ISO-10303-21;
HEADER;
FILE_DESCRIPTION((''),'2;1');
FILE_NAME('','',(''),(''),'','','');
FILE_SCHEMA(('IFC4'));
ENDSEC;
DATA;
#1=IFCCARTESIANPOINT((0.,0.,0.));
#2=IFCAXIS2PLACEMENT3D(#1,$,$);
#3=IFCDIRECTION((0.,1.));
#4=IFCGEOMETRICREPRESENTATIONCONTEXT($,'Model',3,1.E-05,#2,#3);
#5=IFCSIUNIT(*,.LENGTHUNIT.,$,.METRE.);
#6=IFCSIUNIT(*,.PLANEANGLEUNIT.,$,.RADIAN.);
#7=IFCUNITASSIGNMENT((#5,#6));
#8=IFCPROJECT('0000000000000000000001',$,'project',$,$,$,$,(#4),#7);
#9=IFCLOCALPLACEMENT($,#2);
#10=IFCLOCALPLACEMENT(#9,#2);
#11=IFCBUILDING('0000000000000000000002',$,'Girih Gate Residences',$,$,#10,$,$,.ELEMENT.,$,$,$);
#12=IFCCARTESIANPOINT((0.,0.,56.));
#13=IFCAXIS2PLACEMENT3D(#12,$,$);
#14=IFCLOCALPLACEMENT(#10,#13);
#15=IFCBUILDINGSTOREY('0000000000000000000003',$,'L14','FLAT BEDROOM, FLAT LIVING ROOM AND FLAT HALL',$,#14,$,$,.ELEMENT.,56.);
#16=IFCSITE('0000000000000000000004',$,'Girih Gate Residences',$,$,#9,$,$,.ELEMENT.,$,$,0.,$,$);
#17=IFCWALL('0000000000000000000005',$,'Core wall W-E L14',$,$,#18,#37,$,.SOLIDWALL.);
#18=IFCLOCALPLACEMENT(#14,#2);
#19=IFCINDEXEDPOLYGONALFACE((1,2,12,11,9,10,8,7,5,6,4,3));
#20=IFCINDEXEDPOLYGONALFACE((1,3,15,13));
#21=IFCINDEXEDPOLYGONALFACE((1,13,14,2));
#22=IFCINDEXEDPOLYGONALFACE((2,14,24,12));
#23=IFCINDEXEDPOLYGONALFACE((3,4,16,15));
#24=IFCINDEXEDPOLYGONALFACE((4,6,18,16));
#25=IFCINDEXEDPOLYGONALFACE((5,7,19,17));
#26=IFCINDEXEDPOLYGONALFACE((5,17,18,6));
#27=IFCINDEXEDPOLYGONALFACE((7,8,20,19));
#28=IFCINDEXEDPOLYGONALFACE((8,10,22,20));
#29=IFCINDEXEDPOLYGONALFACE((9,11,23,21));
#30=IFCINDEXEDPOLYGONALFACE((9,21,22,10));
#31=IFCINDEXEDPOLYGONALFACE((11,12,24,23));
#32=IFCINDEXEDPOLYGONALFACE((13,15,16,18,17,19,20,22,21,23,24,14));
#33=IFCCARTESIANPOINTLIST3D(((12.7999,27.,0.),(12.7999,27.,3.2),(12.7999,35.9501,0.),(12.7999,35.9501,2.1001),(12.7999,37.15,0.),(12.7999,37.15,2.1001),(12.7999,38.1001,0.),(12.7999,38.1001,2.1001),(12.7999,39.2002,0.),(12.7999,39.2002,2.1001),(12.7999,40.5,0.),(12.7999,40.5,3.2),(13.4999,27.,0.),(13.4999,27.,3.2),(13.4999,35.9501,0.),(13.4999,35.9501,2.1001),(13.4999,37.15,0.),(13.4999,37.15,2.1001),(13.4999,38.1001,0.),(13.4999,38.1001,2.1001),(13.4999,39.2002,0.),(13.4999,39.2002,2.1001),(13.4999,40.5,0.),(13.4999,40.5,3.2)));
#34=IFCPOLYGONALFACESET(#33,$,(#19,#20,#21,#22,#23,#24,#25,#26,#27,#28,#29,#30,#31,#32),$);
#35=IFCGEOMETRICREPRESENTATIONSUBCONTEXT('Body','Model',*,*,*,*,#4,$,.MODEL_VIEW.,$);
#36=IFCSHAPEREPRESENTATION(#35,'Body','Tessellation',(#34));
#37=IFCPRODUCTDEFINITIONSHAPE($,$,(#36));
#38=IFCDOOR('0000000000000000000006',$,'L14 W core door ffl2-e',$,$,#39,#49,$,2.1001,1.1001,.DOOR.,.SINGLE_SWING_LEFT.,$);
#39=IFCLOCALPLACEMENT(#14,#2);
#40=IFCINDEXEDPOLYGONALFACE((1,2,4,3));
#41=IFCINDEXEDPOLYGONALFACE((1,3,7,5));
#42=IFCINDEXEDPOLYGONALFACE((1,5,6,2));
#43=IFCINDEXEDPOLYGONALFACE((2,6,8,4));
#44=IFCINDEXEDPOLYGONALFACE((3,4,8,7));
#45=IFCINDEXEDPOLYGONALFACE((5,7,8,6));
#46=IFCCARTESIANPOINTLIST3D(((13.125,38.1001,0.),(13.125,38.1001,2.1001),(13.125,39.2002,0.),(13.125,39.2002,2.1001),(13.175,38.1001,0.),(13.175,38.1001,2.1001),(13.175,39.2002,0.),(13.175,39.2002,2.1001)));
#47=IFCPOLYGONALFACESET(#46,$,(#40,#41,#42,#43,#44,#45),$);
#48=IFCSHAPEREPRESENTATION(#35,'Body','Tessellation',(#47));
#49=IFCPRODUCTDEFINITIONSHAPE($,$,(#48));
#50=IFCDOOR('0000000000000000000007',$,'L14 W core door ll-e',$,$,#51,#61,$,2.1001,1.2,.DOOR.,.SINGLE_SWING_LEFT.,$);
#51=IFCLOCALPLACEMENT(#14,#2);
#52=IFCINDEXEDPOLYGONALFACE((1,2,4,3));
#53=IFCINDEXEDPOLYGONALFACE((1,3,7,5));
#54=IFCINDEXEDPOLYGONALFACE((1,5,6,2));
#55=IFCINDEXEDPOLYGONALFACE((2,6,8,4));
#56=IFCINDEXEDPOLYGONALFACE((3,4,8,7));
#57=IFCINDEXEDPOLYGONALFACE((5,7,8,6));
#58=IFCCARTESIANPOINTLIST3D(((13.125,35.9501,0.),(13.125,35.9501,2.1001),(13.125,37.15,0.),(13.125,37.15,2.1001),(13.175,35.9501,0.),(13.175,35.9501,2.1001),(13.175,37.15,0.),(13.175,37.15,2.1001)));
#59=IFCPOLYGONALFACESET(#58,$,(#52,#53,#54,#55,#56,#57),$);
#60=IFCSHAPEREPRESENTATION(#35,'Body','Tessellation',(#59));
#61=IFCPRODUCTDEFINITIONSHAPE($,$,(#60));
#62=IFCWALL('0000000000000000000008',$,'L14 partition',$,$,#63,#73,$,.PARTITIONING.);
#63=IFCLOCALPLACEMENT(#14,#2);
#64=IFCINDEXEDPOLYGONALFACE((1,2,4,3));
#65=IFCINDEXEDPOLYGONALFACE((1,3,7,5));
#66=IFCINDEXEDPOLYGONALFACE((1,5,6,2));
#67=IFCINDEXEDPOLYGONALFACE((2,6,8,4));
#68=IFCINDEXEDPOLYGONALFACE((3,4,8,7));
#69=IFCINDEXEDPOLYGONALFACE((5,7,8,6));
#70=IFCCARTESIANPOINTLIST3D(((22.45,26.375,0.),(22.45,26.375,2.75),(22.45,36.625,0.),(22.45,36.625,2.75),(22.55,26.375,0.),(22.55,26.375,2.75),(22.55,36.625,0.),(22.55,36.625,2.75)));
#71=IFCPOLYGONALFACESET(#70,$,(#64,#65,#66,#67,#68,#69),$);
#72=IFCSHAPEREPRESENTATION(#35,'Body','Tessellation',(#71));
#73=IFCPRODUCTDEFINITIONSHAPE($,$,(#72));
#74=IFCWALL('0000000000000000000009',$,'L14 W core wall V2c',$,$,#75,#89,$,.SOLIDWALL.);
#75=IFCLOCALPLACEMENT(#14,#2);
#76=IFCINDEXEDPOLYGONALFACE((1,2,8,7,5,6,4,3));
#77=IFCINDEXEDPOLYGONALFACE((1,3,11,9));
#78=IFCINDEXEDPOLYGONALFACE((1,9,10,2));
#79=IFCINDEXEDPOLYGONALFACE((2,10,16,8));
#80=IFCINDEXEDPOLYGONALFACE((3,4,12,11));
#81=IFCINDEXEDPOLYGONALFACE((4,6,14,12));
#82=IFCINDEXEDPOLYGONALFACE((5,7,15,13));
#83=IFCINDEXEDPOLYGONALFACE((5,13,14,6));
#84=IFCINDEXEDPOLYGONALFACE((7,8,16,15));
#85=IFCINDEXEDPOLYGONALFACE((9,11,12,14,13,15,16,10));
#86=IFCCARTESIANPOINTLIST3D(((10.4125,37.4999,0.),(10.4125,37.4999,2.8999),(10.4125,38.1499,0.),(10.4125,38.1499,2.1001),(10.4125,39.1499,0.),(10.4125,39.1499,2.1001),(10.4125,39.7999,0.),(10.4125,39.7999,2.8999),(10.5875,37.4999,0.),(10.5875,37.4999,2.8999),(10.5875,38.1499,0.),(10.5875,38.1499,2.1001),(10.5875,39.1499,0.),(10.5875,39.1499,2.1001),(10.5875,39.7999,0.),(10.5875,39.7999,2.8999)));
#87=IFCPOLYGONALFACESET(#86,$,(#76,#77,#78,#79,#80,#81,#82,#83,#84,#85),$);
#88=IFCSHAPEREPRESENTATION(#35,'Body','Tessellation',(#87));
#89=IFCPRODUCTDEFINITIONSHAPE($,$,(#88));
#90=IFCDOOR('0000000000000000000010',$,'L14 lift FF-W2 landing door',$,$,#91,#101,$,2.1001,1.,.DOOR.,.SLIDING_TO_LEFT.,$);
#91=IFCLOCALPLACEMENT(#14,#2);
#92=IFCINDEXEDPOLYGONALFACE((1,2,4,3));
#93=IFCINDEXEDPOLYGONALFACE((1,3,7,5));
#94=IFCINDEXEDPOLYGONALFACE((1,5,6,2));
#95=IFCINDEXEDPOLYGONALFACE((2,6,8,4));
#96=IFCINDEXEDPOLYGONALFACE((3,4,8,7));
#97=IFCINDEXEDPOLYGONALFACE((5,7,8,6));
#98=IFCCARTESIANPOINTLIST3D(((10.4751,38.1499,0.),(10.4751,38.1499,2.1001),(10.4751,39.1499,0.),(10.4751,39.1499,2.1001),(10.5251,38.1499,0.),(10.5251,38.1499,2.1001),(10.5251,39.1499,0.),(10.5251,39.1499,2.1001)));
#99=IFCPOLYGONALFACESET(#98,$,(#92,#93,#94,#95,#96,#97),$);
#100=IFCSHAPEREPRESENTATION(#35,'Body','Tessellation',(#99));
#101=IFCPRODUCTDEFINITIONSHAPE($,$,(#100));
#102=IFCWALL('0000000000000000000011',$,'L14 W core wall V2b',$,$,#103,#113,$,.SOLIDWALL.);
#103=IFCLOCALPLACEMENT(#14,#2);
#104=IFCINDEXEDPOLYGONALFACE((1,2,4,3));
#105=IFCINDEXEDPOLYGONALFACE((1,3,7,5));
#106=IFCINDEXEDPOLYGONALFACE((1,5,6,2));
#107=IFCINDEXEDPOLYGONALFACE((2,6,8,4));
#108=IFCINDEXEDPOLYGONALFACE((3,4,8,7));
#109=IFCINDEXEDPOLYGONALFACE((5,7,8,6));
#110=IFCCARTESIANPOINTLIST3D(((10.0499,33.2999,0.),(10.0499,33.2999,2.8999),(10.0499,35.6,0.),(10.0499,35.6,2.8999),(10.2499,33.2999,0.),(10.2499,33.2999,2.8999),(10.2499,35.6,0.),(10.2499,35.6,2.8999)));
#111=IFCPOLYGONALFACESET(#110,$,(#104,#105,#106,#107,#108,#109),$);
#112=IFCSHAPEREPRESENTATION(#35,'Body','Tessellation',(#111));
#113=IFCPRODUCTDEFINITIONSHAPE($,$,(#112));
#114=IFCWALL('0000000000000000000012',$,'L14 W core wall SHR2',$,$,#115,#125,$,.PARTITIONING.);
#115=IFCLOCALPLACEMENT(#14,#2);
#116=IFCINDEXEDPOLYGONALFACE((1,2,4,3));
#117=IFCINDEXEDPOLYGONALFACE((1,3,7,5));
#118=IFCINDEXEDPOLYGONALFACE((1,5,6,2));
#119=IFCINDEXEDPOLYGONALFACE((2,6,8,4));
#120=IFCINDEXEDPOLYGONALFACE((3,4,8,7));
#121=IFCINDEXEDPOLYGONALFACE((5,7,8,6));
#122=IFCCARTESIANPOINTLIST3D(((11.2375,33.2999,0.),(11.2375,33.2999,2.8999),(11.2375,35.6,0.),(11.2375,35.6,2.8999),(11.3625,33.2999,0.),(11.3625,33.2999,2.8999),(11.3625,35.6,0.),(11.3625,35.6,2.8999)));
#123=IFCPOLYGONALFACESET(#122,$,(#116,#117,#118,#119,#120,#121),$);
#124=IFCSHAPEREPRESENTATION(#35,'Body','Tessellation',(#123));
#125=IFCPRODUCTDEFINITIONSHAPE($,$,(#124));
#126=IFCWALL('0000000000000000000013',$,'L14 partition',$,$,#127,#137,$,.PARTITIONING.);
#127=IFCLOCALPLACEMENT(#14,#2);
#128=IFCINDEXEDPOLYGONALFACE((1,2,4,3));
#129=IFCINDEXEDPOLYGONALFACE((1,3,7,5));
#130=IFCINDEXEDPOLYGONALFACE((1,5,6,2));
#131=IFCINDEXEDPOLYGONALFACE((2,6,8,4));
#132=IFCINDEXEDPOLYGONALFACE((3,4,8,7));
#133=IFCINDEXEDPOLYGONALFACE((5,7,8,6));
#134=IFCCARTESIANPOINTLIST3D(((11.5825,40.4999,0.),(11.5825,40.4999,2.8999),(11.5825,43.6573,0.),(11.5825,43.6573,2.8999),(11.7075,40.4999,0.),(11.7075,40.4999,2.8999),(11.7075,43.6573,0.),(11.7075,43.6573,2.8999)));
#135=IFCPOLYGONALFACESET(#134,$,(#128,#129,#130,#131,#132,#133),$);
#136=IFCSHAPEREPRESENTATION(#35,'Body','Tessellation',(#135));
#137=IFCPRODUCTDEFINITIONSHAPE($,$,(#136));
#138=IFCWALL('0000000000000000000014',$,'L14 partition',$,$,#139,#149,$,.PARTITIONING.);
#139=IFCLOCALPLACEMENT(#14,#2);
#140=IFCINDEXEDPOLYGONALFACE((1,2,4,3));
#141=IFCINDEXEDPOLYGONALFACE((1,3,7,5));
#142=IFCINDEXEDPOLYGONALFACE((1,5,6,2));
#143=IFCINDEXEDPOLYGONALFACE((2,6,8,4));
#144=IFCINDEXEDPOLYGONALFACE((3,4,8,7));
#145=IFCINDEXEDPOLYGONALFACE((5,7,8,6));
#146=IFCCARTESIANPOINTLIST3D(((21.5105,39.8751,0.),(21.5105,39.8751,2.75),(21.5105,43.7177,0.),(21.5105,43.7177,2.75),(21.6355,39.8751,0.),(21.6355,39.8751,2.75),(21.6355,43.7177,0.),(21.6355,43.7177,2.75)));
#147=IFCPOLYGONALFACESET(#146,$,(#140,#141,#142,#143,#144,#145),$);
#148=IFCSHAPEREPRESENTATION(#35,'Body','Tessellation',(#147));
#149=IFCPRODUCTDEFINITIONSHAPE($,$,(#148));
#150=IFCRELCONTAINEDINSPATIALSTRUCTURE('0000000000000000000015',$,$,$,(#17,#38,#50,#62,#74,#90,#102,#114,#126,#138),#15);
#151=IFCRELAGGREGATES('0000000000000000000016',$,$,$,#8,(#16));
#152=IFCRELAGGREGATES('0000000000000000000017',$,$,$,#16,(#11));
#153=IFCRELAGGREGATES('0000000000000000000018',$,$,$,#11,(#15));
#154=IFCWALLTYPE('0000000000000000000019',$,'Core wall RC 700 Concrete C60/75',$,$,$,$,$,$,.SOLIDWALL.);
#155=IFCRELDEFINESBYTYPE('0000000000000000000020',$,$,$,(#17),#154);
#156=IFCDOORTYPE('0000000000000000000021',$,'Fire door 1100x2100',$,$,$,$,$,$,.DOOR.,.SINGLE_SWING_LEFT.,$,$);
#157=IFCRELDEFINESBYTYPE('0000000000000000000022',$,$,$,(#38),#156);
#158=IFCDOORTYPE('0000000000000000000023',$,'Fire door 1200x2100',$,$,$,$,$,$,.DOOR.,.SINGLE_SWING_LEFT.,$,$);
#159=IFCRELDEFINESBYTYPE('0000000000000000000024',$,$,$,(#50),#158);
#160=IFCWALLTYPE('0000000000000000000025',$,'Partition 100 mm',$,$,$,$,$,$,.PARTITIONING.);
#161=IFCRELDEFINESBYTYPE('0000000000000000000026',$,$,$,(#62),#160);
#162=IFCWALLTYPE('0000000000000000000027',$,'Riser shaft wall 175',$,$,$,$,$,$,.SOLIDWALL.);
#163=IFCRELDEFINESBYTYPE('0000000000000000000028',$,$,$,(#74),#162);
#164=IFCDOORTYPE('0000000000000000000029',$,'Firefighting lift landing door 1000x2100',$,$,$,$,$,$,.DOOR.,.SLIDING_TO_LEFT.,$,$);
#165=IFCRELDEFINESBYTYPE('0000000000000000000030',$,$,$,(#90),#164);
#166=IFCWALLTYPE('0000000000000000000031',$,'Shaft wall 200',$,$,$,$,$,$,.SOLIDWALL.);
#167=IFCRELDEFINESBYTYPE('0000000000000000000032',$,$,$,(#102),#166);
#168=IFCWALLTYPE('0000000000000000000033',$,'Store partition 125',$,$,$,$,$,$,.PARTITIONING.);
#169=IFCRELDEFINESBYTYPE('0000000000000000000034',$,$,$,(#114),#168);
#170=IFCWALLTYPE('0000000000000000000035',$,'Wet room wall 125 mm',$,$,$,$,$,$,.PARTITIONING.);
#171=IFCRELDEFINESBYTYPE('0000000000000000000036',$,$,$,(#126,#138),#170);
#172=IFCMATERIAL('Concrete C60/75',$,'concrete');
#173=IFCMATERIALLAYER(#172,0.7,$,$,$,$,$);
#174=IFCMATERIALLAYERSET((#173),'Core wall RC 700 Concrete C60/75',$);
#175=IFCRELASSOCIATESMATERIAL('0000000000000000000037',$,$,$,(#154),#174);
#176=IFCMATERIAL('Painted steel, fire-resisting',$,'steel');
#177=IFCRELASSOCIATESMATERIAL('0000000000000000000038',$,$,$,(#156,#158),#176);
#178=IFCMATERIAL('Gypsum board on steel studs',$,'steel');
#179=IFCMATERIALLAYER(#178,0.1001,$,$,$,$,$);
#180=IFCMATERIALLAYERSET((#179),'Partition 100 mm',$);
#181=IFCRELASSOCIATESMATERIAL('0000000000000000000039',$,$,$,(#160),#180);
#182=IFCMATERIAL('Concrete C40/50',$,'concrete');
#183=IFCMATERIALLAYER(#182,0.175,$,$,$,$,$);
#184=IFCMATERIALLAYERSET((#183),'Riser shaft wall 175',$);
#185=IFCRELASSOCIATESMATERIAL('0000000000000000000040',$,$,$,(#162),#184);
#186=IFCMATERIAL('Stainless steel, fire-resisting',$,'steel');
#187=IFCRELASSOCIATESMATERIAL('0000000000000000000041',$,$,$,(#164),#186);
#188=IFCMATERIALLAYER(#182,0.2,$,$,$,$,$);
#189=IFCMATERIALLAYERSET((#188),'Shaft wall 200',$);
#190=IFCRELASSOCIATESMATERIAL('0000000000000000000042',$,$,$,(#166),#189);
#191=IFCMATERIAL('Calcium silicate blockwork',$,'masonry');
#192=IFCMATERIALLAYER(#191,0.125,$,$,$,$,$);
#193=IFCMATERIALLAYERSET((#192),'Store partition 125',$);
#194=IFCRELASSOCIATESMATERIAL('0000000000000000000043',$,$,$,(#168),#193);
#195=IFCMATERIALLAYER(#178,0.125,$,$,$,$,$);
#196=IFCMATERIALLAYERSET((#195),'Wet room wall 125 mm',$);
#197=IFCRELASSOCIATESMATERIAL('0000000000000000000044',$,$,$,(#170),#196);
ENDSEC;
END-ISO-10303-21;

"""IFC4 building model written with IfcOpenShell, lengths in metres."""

from ifc_helpers import new_model, si_unit, direction, frame, frame_2d, origin, place, context, subcontext, project, spatial, rectangle, extrude, material, layer, layer_set, type_object, element, fill, save


model = new_model("IFC4")

# Units and contexts
model_context = context("Model", 3, precision=1e-05, world=origin(), true_north=direction((0.0, 1.0)))
body_context = subcontext(model_context, "Body", "Model", "MODEL_VIEW")
ifc_project = project(units=[si_unit("LENGTHUNIT", "METRE"), si_unit("PLANEANGLEUNIT", "RADIAN")], contexts=[model_context])

# Site, building, storey
site_placement = place(None, origin())
site = spatial("IfcSite", under=ifc_project, at=site_placement, Name="Girih Gate Residences", CompositionType="ELEMENT", RefElevation=0.0)
building_placement = place(site_placement, origin())
building = spatial("IfcBuilding", under=site, at=building_placement, Name="Girih Gate Residences", CompositionType="ELEMENT")
storey_placement = place(building_placement, frame((0.0, 0.0, 56.0)))
storey = spatial("IfcBuildingStorey", under=building, at=storey_placement, Name="L14", Description="FLAT BEDROOM, FLAT LIVING ROOM AND FLAT HALL", CompositionType="ELEMENT", Elevation=56.0)

# Shared definitions
ifc_material_1 = material(Name="Concrete C60/75", Category="concrete")

# Shared definitions
ifc_material_2 = material(Name="Gypsum board on steel studs", Category="steel")

# Wall, openings, doors
ifc_layer_1 = layer(ifc_material_1, 0.7)
ifc_layer_set_1 = layer_set([ifc_layer_1], Name="Core wall RC 700 Concrete C60/75")
wall_type_1 = type_object("IfcWallType", Name="Core wall RC 700 Concrete C60/75", PredefinedType="SOLIDWALL", material=ifc_layer_set_1)
wall_1_placement = place(storey_placement, frame((13.1499, 27.0, 0.0), z_axis=(0.0, 0.0, 1.0), x_axis=(0.0, 1.0, 0.0)))
wall_1 = element("IfcWall", 1, at=wall_1_placement, inside=storey, type_object=wall_type_1, Name="Core wall W-E L14", PredefinedType="SOLIDWALL", context=body_context, shape_type="SweptSolid", body=[
    extrude(rectangle(XDim=13.5, YDim=0.7, at=frame_2d((6.75, 0.0))), origin(), (0.0, 0.0, 1.0), 3.2),
])
opening_1_placement = place(wall_1_placement, frame((11.1001, 0.0, 0.0)))
opening_1 = element("IfcOpeningElement", 2, at=opening_1_placement, cuts=wall_1, PredefinedType="OPENING", context=body_context, shape_type="SweptSolid", body=[
    extrude(rectangle(XDim=1.1001, YDim=2.1001, at=frame_2d((0.55, 1.05))), frame((0.0, 0.3599, 0.0), z_axis=(0.0, -1.0, 0.0), x_axis=(1.0, 0.0, 0.0)), (0.0, 0.0, 1.0), 0.72),
])
opening_2_placement = place(wall_1_placement, frame((8.95, 0.0, 0.0)))
opening_2 = element("IfcOpeningElement", 3, at=opening_2_placement, cuts=wall_1, PredefinedType="OPENING", context=body_context, shape_type="SweptSolid", body=[
    extrude(rectangle(XDim=1.2, YDim=2.1001, at=frame_2d((0.6001, 1.05))), frame((0.0, 0.3599, 0.0), z_axis=(0.0, -1.0, 0.0), x_axis=(1.0, 0.0, 0.0)), (0.0, 0.0, 1.0), 0.72),
])
ifc_material_3 = material(Name="Painted steel, fire-resisting", Category="steel")
door_type_1 = type_object("IfcDoorType", Name="Fire door 1100x2100", OperationType="SINGLE_SWING_LEFT", PredefinedType="DOOR", material=ifc_material_3)
door_1_placement = place(opening_1_placement, origin())
door_1 = element("IfcDoor", 4, at=door_1_placement, inside=storey, type_object=door_type_1, Name="L14 W core door ffl2-e", OperationType="SINGLE_SWING_LEFT", OverallHeight=2.1001, OverallWidth=1.1001, PredefinedType="DOOR", context=body_context, shape_type="SweptSolid", body=[
    extrude(rectangle(XDim=1.1001, YDim=2.1001, at=frame_2d((0.55, 1.05))), frame((0.0, 0.0249, 0.0), z_axis=(0.0, -1.0, 0.0), x_axis=(1.0, 0.0, 0.0)), (0.0, 0.0, 1.0), 0.05),
])
fill(opening_1, door_1)
door_type_2 = type_object("IfcDoorType", Name="Fire door 1200x2100", OperationType="SINGLE_SWING_LEFT", PredefinedType="DOOR", material=ifc_material_3)
door_2_placement = place(opening_2_placement, origin())
door_2 = element("IfcDoor", 5, at=door_2_placement, inside=storey, type_object=door_type_2, Name="L14 W core door ll-e", OperationType="SINGLE_SWING_LEFT", OverallHeight=2.1001, OverallWidth=1.2, PredefinedType="DOOR", context=body_context, shape_type="SweptSolid", body=[
    extrude(rectangle(XDim=1.2, YDim=2.1001, at=frame_2d((0.6001, 1.05))), frame((0.0, 0.0249, 0.0), z_axis=(0.0, -1.0, 0.0), x_axis=(1.0, 0.0, 0.0)), (0.0, 0.0, 1.0), 0.05),
])
fill(opening_2, door_2)

# Wall
ifc_layer_2 = layer(ifc_material_2, 0.1001)
ifc_layer_set_2 = layer_set([ifc_layer_2], Name="Partition 100 mm")
wall_type_2 = type_object("IfcWallType", Name="Partition 100 mm", PredefinedType="PARTITIONING", material=ifc_layer_set_2)
wall_2_placement = place(storey_placement, frame((22.5, 26.375, 0.0), z_axis=(0.0, 0.0, 1.0), x_axis=(0.0, 1.0, 0.0)))
element("IfcWall", 6, at=wall_2_placement, inside=storey, type_object=wall_type_2, Name="L14 partition", PredefinedType="PARTITIONING", context=body_context, shape_type="SweptSolid", body=[
    extrude(rectangle(XDim=10.25, YDim=0.1001, at=frame_2d((5.125, 0.0))), origin(), (0.0, 0.0, 1.0), 2.75),
])

# Wall, opening, door
ifc_material_4 = material(Name="Concrete C40/50", Category="concrete")
ifc_layer_3 = layer(ifc_material_4, 0.175)
ifc_layer_set_3 = layer_set([ifc_layer_3], Name="Riser shaft wall 175")
wall_type_3 = type_object("IfcWallType", Name="Riser shaft wall 175", PredefinedType="SOLIDWALL", material=ifc_layer_set_3)
wall_3_placement = place(storey_placement, frame((10.5, 37.5, 0.0), z_axis=(0.0, 0.0, 1.0), x_axis=(0.0, 1.0, 0.0)))
wall_3 = element("IfcWall", 7, at=wall_3_placement, inside=storey, type_object=wall_type_3, Name="L14 W core wall V2c", PredefinedType="SOLIDWALL", context=body_context, shape_type="SweptSolid", body=[
    extrude(rectangle(XDim=2.3, YDim=0.175, at=frame_2d((1.1499, 0.0))), origin(), (0.0, 0.0, 1.0), 2.8999),
])
opening_3_placement = place(wall_3_placement, frame((0.6499, 0.0, 0.0)))
opening_3 = element("IfcOpeningElement", 8, at=opening_3_placement, cuts=wall_3, PredefinedType="OPENING", context=body_context, shape_type="SweptSolid", body=[
    extrude(rectangle(XDim=1.0, YDim=2.1001, at=frame_2d((0.5, 1.05))), frame((0.0, 0.0974, 0.0), z_axis=(0.0, -1.0, 0.0), x_axis=(1.0, 0.0, 0.0)), (0.0, 0.0, 1.0), 0.1951),
])
ifc_material_5 = material(Name="Stainless steel, fire-resisting", Category="steel")
door_type_3 = type_object("IfcDoorType", Name="Firefighting lift landing door 1000x2100", OperationType="SLIDING_TO_LEFT", PredefinedType="DOOR", material=ifc_material_5)
door_3_placement = place(opening_3_placement, origin())
door_3 = element("IfcDoor", 9, at=door_3_placement, inside=storey, type_object=door_type_3, Name="L14 lift FF-W2 landing door", OperationType="SLIDING_TO_LEFT", OverallHeight=2.1001, OverallWidth=1.0, PredefinedType="DOOR", context=body_context, shape_type="SweptSolid", body=[
    extrude(rectangle(XDim=1.0, YDim=2.1001, at=frame_2d((0.5, 1.05))), frame((0.0, 0.0249, 0.0), z_axis=(0.0, -1.0, 0.0), x_axis=(1.0, 0.0, 0.0)), (0.0, 0.0, 1.0), 0.05),
])
fill(opening_3, door_3)

# Walls
ifc_layer_4 = layer(ifc_material_4, 0.2)
ifc_layer_set_4 = layer_set([ifc_layer_4], Name="Shaft wall 200")
wall_type_4 = type_object("IfcWallType", Name="Shaft wall 200", PredefinedType="SOLIDWALL", material=ifc_layer_set_4)
wall_4_placement = place(storey_placement, frame((10.1499, 33.3, 0.0), z_axis=(0.0, 0.0, 1.0), x_axis=(0.0, 1.0, 0.0)))
element("IfcWall", 10, at=wall_4_placement, inside=storey, type_object=wall_type_4, Name="L14 W core wall V2b", PredefinedType="SOLIDWALL", context=body_context, shape_type="SweptSolid", body=[
    extrude(rectangle(XDim=2.3, YDim=0.2, at=frame_2d((1.1499, 0.0))), origin(), (0.0, 0.0, 1.0), 2.8999),
])
ifc_material_6 = material(Name="Calcium silicate blockwork", Category="masonry")
ifc_layer_5 = layer(ifc_material_6, 0.125)
ifc_layer_set_5 = layer_set([ifc_layer_5], Name="Store partition 125")
wall_type_5 = type_object("IfcWallType", Name="Store partition 125", PredefinedType="PARTITIONING", material=ifc_layer_set_5)
wall_5_placement = place(storey_placement, frame((11.3, 33.3, 0.0), z_axis=(0.0, 0.0, 1.0), x_axis=(0.0, 1.0, 0.0)))
element("IfcWall", 11, at=wall_5_placement, inside=storey, type_object=wall_type_5, Name="L14 W core wall SHR2", PredefinedType="PARTITIONING", context=body_context, shape_type="SweptSolid", body=[
    extrude(rectangle(XDim=2.3, YDim=0.125, at=frame_2d((1.1499, 0.0))), origin(), (0.0, 0.0, 1.0), 2.8999),
])
ifc_layer_6 = layer(ifc_material_2, 0.125)
ifc_layer_set_6 = layer_set([ifc_layer_6], Name="Wet room wall 125 mm")
wall_type_6 = type_object("IfcWallType", Name="Wet room wall 125 mm", PredefinedType="PARTITIONING", material=ifc_layer_set_6)
wall_6_placement = place(storey_placement, frame((11.645, 40.5, 0.0), z_axis=(0.0, 0.0, 1.0), x_axis=(0.0, 1.0, 0.0)))
element("IfcWall", 12, at=wall_6_placement, inside=storey, type_object=wall_type_6, Name="L14 partition", PredefinedType="PARTITIONING", context=body_context, shape_type="SweptSolid", body=[
    extrude(rectangle(XDim=3.1575, YDim=0.125, at=frame_2d((1.5786, 0.0))), origin(), (0.0, 0.0, 1.0), 2.8999),
])
wall_7_placement = place(storey_placement, frame((21.573, 39.875, 0.0), z_axis=(0.0, 0.0, 1.0), x_axis=(0.0, 1.0, 0.0)))
element("IfcWall", 13, at=wall_7_placement, inside=storey, type_object=wall_type_6, Name="L14 partition", PredefinedType="PARTITIONING", context=body_context, shape_type="SweptSolid", body=[
    extrude(rectangle(XDim=3.8425, YDim=0.125, at=frame_2d((1.9214, 0.0))), origin(), (0.0, 0.0, 1.0), 2.75),
])

save(model, "model.ifc")
